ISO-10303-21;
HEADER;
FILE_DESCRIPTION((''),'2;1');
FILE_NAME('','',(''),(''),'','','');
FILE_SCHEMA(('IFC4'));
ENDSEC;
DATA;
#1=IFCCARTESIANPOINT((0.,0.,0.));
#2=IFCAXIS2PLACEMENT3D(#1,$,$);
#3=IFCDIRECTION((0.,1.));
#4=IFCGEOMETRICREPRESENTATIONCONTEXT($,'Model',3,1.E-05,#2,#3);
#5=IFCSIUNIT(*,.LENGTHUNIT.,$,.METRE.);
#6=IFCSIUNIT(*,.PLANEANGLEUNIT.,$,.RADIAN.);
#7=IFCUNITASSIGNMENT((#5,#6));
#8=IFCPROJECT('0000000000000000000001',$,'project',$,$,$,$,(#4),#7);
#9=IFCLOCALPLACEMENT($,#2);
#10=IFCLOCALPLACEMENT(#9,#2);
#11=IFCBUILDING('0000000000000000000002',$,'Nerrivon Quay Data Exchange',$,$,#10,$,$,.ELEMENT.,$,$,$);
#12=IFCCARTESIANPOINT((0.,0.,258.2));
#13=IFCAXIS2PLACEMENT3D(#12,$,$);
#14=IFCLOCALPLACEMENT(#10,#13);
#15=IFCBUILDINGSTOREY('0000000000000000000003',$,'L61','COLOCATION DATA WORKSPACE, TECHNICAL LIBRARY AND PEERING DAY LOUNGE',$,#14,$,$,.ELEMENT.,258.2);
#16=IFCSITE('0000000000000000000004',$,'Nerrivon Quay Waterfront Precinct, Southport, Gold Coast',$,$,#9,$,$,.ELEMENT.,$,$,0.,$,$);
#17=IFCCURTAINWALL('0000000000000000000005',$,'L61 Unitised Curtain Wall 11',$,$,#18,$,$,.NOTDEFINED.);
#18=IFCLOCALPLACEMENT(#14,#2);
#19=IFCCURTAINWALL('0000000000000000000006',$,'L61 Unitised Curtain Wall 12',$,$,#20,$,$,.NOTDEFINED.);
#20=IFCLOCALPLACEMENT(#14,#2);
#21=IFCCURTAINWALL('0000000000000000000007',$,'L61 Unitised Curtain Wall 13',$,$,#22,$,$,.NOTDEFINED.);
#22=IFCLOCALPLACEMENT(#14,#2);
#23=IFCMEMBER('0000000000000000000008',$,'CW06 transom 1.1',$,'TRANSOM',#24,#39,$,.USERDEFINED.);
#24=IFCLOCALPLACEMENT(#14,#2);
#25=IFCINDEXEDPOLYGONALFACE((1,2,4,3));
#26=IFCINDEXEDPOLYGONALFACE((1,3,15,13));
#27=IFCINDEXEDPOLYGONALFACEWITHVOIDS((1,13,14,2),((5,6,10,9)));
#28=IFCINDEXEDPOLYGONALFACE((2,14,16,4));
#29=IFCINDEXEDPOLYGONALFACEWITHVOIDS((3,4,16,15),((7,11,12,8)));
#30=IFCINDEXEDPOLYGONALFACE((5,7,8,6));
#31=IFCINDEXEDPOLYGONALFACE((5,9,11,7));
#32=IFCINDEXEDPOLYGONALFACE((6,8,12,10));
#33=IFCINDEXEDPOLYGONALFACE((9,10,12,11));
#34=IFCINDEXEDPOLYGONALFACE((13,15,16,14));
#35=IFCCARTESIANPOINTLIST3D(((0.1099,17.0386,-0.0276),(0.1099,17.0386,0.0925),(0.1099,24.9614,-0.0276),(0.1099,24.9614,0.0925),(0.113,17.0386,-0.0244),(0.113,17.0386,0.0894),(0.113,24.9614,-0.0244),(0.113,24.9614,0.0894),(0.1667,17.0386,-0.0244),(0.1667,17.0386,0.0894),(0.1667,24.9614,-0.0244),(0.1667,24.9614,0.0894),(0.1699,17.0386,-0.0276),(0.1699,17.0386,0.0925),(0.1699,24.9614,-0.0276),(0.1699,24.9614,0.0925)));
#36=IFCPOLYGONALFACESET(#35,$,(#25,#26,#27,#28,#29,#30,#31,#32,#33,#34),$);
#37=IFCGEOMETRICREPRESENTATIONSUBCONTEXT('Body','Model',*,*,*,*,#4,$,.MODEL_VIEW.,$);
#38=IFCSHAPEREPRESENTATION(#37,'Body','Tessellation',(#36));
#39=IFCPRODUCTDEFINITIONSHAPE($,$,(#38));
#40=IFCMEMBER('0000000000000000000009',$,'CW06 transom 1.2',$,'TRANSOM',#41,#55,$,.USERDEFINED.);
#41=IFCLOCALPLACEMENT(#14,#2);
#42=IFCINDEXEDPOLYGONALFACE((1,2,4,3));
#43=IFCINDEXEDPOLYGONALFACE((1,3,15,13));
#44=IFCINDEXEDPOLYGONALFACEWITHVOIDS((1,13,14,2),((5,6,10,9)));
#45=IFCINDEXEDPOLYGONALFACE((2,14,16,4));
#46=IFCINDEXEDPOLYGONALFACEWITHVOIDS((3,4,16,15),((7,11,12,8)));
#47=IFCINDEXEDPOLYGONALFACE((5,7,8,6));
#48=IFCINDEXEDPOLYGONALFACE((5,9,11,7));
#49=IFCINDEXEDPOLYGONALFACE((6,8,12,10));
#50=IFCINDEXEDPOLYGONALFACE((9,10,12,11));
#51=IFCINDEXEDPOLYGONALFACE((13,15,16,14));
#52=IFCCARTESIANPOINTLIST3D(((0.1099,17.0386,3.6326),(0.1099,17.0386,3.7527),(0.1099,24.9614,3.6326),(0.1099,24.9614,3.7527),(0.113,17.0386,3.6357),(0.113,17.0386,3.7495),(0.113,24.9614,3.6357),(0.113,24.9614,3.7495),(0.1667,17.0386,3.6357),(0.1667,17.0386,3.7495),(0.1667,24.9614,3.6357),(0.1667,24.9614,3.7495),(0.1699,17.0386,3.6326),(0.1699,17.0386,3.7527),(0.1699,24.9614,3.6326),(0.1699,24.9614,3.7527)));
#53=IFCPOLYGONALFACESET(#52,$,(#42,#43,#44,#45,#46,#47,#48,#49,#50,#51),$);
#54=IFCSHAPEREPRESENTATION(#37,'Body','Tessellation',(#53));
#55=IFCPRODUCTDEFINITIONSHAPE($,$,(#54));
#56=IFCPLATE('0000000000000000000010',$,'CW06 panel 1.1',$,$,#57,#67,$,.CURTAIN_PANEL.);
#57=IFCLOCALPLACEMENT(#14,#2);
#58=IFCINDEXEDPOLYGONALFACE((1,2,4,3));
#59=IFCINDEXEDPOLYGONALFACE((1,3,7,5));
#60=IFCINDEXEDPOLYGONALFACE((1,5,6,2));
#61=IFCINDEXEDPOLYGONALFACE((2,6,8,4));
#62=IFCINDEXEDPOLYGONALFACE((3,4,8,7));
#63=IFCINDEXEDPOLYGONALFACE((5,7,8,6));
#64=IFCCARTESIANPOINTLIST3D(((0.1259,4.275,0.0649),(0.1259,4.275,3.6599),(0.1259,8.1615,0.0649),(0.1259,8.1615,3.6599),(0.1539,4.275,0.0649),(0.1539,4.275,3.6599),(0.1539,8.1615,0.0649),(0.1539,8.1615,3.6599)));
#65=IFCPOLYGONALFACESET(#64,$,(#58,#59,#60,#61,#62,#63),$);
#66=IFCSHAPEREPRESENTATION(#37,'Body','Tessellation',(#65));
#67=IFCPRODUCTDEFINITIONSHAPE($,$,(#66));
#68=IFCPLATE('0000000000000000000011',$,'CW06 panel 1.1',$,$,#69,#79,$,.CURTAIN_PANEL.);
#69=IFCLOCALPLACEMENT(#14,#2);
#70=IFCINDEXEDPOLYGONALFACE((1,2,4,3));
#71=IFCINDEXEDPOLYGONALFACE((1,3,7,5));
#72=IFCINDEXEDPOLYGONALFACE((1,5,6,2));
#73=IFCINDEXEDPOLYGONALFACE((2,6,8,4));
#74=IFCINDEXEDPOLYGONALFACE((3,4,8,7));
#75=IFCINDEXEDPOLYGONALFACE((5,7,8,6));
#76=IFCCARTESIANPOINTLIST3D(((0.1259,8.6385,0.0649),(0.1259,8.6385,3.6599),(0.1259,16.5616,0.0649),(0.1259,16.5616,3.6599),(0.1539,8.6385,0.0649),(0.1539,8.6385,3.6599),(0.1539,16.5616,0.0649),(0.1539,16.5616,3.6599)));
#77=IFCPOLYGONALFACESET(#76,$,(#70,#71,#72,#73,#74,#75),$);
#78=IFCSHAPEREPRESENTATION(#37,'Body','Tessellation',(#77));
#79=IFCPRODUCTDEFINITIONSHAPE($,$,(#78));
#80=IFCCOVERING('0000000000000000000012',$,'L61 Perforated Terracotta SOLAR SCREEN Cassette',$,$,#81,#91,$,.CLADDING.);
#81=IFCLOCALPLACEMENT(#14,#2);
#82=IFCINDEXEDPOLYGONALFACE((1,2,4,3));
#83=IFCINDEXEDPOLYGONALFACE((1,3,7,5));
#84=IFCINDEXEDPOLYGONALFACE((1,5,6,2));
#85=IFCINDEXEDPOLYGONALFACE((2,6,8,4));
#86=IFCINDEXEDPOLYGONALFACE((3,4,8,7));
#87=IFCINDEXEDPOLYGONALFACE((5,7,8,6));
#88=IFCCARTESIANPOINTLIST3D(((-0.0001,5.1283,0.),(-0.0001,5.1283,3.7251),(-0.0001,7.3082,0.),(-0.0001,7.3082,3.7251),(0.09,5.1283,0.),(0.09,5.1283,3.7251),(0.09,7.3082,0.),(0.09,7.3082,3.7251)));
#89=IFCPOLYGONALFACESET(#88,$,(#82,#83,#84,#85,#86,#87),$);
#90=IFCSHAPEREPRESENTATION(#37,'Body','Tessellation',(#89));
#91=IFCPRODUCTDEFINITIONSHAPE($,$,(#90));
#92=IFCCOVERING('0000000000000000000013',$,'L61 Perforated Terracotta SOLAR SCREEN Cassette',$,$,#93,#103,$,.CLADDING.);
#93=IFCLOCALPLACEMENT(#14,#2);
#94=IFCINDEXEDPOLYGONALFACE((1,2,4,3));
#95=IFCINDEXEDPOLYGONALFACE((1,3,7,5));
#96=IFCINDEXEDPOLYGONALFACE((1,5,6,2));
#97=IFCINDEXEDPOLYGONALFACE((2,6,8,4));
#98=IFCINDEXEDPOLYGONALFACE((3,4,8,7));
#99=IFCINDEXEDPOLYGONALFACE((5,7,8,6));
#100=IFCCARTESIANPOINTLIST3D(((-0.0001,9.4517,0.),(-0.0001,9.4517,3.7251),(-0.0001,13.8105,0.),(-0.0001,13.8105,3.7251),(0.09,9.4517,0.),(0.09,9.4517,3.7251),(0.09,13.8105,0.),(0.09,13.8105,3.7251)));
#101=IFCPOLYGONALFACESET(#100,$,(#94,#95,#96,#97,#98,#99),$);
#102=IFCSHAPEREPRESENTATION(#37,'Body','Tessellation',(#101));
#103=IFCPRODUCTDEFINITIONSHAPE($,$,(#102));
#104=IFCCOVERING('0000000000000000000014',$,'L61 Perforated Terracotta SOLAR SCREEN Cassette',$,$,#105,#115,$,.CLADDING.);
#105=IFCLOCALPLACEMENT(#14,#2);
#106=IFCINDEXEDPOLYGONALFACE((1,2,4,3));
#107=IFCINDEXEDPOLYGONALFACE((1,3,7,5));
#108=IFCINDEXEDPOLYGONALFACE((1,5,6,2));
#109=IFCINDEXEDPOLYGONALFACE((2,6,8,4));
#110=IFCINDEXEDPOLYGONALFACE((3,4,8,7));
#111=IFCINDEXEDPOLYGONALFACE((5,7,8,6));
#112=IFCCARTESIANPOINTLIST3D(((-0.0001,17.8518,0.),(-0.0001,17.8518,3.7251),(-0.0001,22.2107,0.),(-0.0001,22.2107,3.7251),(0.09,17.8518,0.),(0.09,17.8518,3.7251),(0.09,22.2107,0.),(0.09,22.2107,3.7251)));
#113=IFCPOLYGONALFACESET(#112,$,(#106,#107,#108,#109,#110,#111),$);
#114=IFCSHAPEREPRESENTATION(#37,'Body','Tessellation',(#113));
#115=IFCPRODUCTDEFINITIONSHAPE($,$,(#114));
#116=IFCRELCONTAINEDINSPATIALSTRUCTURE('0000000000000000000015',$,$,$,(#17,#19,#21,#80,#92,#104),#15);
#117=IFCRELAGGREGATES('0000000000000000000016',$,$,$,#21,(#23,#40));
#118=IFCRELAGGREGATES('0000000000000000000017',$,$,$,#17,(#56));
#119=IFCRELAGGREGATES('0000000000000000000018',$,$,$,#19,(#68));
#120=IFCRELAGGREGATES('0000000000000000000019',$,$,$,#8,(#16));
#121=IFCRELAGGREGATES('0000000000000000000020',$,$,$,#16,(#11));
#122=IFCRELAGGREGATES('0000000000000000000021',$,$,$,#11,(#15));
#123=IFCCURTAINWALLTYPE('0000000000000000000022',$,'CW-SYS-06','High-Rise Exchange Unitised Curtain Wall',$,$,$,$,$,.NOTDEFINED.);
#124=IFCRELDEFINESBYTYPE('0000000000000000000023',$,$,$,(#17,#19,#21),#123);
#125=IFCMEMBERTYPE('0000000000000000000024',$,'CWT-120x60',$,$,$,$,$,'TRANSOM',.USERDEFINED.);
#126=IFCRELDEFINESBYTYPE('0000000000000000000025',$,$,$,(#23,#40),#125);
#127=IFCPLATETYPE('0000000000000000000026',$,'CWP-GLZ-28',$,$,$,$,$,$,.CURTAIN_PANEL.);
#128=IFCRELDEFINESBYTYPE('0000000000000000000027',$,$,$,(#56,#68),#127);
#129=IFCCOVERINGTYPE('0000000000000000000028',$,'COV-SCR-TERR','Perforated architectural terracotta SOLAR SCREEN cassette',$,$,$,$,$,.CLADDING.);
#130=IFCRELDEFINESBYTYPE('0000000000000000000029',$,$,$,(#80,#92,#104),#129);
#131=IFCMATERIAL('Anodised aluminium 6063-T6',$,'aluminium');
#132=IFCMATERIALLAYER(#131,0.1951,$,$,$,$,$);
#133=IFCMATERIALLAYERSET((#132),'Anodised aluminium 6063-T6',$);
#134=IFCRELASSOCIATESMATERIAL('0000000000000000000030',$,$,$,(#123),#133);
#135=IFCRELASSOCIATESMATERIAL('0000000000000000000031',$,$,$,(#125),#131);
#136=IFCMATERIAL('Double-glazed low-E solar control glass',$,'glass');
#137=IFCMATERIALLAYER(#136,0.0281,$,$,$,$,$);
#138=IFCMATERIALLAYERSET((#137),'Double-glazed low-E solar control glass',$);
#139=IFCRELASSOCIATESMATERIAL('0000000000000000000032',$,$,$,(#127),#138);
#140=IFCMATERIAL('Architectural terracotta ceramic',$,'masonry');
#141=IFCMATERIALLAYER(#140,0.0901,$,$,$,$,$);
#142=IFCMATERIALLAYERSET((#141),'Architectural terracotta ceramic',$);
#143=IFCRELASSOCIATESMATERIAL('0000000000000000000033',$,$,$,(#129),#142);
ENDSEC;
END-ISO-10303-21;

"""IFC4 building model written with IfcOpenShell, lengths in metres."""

from ifc_helpers import new_model, si_unit, direction, frame, origin, origin_2d, place, context, subcontext, project, spatial, rectangle, hollow_rectangle, extrude, material, layer, layer_set, material_profile, profile_set, type_object, element, aggregate, save


model = new_model("IFC4")

# Units and contexts
model_context = context("Model", 3, precision=1e-05, world=origin(), true_north=direction((0.0, 1.0)))
body_context = subcontext(model_context, "Body", "Model", "MODEL_VIEW")
ifc_project = project(units=[si_unit("LENGTHUNIT", "METRE"), si_unit("PLANEANGLEUNIT", "RADIAN")], contexts=[model_context])

# Site, building, storey
site_placement = place(None, origin())
site = spatial("IfcSite", under=ifc_project, at=site_placement, Name="Nerrivon Quay Waterfront Precinct, Southport, Gold Coast", CompositionType="ELEMENT", RefElevation=0.0)
building_placement = place(site_placement, origin())
building = spatial("IfcBuilding", under=site, at=building_placement, Name="Nerrivon Quay Data Exchange", CompositionType="ELEMENT")
storey_placement = place(building_placement, frame((0.0, 0.0, 258.2)))
storey = spatial("IfcBuildingStorey", under=building, at=storey_placement, Name="L61", Description="COLOCATION DATA WORKSPACE, TECHNICAL LIBRARY AND PEERING DAY LOUNGE", CompositionType="ELEMENT", Elevation=258.2)

# Curtain wall
ifc_material_1 = material(Name="Anodised aluminium 6063-T6", Category="aluminium")
ifc_layer_1 = layer(ifc_material_1, 0.1951)
ifc_layer_set_1 = layer_set([ifc_layer_1], Name="Anodised aluminium 6063-T6")
curtain_wall_type = type_object("IfcCurtainWallType", Name="CW-SYS-06", Description="High-Rise Exchange Unitised Curtain Wall", PredefinedType="NOTDEFINED", material=ifc_layer_set_1)
curtain_wall_1_placement = place(storey_placement, origin())
curtain_wall_1 = element("IfcCurtainWall", 1, at=curtain_wall_1_placement, inside=storey, type_object=curtain_wall_type, Name="L61 Unitised Curtain Wall 11", PredefinedType="NOTDEFINED")

# Curtain wall
curtain_wall_2_placement = place(storey_placement, origin())
curtain_wall_2 = element("IfcCurtainWall", 2, at=curtain_wall_2_placement, inside=storey, type_object=curtain_wall_type, Name="L61 Unitised Curtain Wall 12", PredefinedType="NOTDEFINED")

# Curtain wall
curtain_wall_3_placement = place(storey_placement, origin())
curtain_wall_3 = element("IfcCurtainWall", 3, at=curtain_wall_3_placement, inside=storey, type_object=curtain_wall_type, Name="L61 Unitised Curtain Wall 13", PredefinedType="NOTDEFINED")

# Members
ifc_material_profile_1 = material_profile(ifc_material_1, hollow_rectangle(XDim=0.0601, YDim=0.1201, WallThickness=0.0032, at=origin_2d()), Name="ALU-TRAN-120x60")
ifc_profile_set_1 = profile_set([ifc_material_profile_1], Name="Anodised aluminium 6063-T6")
member_type_1 = type_object("IfcMemberType", Name="CWT-120x60", ElementType="TRANSOM", PredefinedType="USERDEFINED", material=ifc_profile_set_1)
member_1_placement = place(storey_placement, frame((0.1399, 17.0386, 0.0325), z_axis=(0.0, 1.0, 0.0), x_axis=(-1.0, 0.0, 0.0)))
member_1 = element("IfcMember", 4, at=member_1_placement, type_object=member_type_1, Name="CW06 transom 1.1", ObjectType="TRANSOM", PredefinedType="USERDEFINED", context=body_context, shape_type="SweptSolid", body=[
    extrude(hollow_rectangle(XDim=0.0601, YDim=0.1201, WallThickness=0.0032, at=origin_2d()), origin(), (0.0, 0.0, 1.0), 7.9229),
])
member_2_placement = place(storey_placement, frame((0.1399, 17.0386, 3.6926), z_axis=(0.0, 1.0, 0.0), x_axis=(-1.0, 0.0, 0.0)))
member_2 = element("IfcMember", 5, at=member_2_placement, type_object=member_type_1, Name="CW06 transom 1.2", ObjectType="TRANSOM", PredefinedType="USERDEFINED", context=body_context, shape_type="SweptSolid", body=[
    extrude(hollow_rectangle(XDim=0.0601, YDim=0.1201, WallThickness=0.0032, at=origin_2d()), origin(), (0.0, 0.0, 1.0), 7.9229),
])
aggregate(curtain_wall_3, [member_1, member_2])

# Plates
ifc_material_2 = material(Name="Double-glazed low-E solar control glass", Category="glass")
ifc_layer_2 = layer(ifc_material_2, 0.0281)
ifc_layer_set_2 = layer_set([ifc_layer_2], Name="Double-glazed low-E solar control glass")
plate_type = type_object("IfcPlateType", Name="CWP-GLZ-28", PredefinedType="CURTAIN_PANEL", material=ifc_layer_set_2)
plate_1_placement = place(storey_placement, frame((0.1399, 6.2183, 0.0649), z_axis=(0.0, 0.0, 1.0), x_axis=(0.0, 1.0, 0.0)))
plate_1 = element("IfcPlate", 6, at=plate_1_placement, type_object=plate_type, Name="CW06 panel 1.1", PredefinedType="CURTAIN_PANEL", context=body_context, shape_type="SweptSolid", body=[
    extrude(rectangle(XDim=3.8865, YDim=0.0281, at=origin_2d()), origin(), (0.0, 0.0, 1.0), 3.595),
])
aggregate(curtain_wall_1, [plate_1])
plate_2_placement = place(storey_placement, frame((0.1399, 12.6001, 0.0649), z_axis=(0.0, 0.0, 1.0), x_axis=(0.0, 1.0, 0.0)))
plate_2 = element("IfcPlate", 7, at=plate_2_placement, type_object=plate_type, Name="CW06 panel 1.1", PredefinedType="CURTAIN_PANEL", context=body_context, shape_type="SweptSolid", body=[
    extrude(rectangle(XDim=7.9231, YDim=0.0281, at=origin_2d()), origin(), (0.0, 0.0, 1.0), 3.595),
])
aggregate(curtain_wall_2, [plate_2])

# Coverings
ifc_material_3 = material(Name="Architectural terracotta ceramic", Category="masonry")
ifc_layer_3 = layer(ifc_material_3, 0.0901)
ifc_layer_set_3 = layer_set([ifc_layer_3], Name="Architectural terracotta ceramic")
covering_type = type_object("IfcCoveringType", Name="COV-SCR-TERR", Description="Perforated architectural terracotta SOLAR SCREEN cassette", PredefinedType="CLADDING", material=ifc_layer_set_3)
covering_placement = place(storey_placement, frame((0.0449, 6.2183, 0.0), z_axis=(0.0, 0.0, 1.0), x_axis=(0.0, 1.0, 0.0)))
element("IfcCovering", 8, at=covering_placement, inside=storey, type_object=covering_type, Name="L61 Perforated Terracotta SOLAR SCREEN Cassette", PredefinedType="CLADDING", context=body_context, shape_type="SweptSolid", body=[
    extrude(rectangle(XDim=2.1799, YDim=0.0901, at=origin_2d()), origin(), (0.0, 0.0, 1.0), 3.7251),
])
for number, where, z_axis, x_axis, name in (
    (9, (0.0449, 11.6311, 0.0), (0.0, 0.0, 1.0), (0.0, 1.0, 0.0), "L61 Perforated Terracotta SOLAR SCREEN Cassette"),
    (10, (0.0449, 20.0312, 0.0), (0.0, 0.0, 1.0), (0.0, 1.0, 0.0), "L61 Perforated Terracotta SOLAR SCREEN Cassette"),
):
    element("IfcCovering", number, at=place(storey_placement, frame(where, z_axis=z_axis, x_axis=x_axis)), inside=storey, type_object=covering_type, Name=name, PredefinedType="CLADDING", context=body_context, shape_type="SweptSolid", body=[
        extrude(rectangle(XDim=4.3589, YDim=0.0901, at=origin_2d()), origin(), (0.0, 0.0, 1.0), 3.7251),
    ])

save(model, "model.ifc")
